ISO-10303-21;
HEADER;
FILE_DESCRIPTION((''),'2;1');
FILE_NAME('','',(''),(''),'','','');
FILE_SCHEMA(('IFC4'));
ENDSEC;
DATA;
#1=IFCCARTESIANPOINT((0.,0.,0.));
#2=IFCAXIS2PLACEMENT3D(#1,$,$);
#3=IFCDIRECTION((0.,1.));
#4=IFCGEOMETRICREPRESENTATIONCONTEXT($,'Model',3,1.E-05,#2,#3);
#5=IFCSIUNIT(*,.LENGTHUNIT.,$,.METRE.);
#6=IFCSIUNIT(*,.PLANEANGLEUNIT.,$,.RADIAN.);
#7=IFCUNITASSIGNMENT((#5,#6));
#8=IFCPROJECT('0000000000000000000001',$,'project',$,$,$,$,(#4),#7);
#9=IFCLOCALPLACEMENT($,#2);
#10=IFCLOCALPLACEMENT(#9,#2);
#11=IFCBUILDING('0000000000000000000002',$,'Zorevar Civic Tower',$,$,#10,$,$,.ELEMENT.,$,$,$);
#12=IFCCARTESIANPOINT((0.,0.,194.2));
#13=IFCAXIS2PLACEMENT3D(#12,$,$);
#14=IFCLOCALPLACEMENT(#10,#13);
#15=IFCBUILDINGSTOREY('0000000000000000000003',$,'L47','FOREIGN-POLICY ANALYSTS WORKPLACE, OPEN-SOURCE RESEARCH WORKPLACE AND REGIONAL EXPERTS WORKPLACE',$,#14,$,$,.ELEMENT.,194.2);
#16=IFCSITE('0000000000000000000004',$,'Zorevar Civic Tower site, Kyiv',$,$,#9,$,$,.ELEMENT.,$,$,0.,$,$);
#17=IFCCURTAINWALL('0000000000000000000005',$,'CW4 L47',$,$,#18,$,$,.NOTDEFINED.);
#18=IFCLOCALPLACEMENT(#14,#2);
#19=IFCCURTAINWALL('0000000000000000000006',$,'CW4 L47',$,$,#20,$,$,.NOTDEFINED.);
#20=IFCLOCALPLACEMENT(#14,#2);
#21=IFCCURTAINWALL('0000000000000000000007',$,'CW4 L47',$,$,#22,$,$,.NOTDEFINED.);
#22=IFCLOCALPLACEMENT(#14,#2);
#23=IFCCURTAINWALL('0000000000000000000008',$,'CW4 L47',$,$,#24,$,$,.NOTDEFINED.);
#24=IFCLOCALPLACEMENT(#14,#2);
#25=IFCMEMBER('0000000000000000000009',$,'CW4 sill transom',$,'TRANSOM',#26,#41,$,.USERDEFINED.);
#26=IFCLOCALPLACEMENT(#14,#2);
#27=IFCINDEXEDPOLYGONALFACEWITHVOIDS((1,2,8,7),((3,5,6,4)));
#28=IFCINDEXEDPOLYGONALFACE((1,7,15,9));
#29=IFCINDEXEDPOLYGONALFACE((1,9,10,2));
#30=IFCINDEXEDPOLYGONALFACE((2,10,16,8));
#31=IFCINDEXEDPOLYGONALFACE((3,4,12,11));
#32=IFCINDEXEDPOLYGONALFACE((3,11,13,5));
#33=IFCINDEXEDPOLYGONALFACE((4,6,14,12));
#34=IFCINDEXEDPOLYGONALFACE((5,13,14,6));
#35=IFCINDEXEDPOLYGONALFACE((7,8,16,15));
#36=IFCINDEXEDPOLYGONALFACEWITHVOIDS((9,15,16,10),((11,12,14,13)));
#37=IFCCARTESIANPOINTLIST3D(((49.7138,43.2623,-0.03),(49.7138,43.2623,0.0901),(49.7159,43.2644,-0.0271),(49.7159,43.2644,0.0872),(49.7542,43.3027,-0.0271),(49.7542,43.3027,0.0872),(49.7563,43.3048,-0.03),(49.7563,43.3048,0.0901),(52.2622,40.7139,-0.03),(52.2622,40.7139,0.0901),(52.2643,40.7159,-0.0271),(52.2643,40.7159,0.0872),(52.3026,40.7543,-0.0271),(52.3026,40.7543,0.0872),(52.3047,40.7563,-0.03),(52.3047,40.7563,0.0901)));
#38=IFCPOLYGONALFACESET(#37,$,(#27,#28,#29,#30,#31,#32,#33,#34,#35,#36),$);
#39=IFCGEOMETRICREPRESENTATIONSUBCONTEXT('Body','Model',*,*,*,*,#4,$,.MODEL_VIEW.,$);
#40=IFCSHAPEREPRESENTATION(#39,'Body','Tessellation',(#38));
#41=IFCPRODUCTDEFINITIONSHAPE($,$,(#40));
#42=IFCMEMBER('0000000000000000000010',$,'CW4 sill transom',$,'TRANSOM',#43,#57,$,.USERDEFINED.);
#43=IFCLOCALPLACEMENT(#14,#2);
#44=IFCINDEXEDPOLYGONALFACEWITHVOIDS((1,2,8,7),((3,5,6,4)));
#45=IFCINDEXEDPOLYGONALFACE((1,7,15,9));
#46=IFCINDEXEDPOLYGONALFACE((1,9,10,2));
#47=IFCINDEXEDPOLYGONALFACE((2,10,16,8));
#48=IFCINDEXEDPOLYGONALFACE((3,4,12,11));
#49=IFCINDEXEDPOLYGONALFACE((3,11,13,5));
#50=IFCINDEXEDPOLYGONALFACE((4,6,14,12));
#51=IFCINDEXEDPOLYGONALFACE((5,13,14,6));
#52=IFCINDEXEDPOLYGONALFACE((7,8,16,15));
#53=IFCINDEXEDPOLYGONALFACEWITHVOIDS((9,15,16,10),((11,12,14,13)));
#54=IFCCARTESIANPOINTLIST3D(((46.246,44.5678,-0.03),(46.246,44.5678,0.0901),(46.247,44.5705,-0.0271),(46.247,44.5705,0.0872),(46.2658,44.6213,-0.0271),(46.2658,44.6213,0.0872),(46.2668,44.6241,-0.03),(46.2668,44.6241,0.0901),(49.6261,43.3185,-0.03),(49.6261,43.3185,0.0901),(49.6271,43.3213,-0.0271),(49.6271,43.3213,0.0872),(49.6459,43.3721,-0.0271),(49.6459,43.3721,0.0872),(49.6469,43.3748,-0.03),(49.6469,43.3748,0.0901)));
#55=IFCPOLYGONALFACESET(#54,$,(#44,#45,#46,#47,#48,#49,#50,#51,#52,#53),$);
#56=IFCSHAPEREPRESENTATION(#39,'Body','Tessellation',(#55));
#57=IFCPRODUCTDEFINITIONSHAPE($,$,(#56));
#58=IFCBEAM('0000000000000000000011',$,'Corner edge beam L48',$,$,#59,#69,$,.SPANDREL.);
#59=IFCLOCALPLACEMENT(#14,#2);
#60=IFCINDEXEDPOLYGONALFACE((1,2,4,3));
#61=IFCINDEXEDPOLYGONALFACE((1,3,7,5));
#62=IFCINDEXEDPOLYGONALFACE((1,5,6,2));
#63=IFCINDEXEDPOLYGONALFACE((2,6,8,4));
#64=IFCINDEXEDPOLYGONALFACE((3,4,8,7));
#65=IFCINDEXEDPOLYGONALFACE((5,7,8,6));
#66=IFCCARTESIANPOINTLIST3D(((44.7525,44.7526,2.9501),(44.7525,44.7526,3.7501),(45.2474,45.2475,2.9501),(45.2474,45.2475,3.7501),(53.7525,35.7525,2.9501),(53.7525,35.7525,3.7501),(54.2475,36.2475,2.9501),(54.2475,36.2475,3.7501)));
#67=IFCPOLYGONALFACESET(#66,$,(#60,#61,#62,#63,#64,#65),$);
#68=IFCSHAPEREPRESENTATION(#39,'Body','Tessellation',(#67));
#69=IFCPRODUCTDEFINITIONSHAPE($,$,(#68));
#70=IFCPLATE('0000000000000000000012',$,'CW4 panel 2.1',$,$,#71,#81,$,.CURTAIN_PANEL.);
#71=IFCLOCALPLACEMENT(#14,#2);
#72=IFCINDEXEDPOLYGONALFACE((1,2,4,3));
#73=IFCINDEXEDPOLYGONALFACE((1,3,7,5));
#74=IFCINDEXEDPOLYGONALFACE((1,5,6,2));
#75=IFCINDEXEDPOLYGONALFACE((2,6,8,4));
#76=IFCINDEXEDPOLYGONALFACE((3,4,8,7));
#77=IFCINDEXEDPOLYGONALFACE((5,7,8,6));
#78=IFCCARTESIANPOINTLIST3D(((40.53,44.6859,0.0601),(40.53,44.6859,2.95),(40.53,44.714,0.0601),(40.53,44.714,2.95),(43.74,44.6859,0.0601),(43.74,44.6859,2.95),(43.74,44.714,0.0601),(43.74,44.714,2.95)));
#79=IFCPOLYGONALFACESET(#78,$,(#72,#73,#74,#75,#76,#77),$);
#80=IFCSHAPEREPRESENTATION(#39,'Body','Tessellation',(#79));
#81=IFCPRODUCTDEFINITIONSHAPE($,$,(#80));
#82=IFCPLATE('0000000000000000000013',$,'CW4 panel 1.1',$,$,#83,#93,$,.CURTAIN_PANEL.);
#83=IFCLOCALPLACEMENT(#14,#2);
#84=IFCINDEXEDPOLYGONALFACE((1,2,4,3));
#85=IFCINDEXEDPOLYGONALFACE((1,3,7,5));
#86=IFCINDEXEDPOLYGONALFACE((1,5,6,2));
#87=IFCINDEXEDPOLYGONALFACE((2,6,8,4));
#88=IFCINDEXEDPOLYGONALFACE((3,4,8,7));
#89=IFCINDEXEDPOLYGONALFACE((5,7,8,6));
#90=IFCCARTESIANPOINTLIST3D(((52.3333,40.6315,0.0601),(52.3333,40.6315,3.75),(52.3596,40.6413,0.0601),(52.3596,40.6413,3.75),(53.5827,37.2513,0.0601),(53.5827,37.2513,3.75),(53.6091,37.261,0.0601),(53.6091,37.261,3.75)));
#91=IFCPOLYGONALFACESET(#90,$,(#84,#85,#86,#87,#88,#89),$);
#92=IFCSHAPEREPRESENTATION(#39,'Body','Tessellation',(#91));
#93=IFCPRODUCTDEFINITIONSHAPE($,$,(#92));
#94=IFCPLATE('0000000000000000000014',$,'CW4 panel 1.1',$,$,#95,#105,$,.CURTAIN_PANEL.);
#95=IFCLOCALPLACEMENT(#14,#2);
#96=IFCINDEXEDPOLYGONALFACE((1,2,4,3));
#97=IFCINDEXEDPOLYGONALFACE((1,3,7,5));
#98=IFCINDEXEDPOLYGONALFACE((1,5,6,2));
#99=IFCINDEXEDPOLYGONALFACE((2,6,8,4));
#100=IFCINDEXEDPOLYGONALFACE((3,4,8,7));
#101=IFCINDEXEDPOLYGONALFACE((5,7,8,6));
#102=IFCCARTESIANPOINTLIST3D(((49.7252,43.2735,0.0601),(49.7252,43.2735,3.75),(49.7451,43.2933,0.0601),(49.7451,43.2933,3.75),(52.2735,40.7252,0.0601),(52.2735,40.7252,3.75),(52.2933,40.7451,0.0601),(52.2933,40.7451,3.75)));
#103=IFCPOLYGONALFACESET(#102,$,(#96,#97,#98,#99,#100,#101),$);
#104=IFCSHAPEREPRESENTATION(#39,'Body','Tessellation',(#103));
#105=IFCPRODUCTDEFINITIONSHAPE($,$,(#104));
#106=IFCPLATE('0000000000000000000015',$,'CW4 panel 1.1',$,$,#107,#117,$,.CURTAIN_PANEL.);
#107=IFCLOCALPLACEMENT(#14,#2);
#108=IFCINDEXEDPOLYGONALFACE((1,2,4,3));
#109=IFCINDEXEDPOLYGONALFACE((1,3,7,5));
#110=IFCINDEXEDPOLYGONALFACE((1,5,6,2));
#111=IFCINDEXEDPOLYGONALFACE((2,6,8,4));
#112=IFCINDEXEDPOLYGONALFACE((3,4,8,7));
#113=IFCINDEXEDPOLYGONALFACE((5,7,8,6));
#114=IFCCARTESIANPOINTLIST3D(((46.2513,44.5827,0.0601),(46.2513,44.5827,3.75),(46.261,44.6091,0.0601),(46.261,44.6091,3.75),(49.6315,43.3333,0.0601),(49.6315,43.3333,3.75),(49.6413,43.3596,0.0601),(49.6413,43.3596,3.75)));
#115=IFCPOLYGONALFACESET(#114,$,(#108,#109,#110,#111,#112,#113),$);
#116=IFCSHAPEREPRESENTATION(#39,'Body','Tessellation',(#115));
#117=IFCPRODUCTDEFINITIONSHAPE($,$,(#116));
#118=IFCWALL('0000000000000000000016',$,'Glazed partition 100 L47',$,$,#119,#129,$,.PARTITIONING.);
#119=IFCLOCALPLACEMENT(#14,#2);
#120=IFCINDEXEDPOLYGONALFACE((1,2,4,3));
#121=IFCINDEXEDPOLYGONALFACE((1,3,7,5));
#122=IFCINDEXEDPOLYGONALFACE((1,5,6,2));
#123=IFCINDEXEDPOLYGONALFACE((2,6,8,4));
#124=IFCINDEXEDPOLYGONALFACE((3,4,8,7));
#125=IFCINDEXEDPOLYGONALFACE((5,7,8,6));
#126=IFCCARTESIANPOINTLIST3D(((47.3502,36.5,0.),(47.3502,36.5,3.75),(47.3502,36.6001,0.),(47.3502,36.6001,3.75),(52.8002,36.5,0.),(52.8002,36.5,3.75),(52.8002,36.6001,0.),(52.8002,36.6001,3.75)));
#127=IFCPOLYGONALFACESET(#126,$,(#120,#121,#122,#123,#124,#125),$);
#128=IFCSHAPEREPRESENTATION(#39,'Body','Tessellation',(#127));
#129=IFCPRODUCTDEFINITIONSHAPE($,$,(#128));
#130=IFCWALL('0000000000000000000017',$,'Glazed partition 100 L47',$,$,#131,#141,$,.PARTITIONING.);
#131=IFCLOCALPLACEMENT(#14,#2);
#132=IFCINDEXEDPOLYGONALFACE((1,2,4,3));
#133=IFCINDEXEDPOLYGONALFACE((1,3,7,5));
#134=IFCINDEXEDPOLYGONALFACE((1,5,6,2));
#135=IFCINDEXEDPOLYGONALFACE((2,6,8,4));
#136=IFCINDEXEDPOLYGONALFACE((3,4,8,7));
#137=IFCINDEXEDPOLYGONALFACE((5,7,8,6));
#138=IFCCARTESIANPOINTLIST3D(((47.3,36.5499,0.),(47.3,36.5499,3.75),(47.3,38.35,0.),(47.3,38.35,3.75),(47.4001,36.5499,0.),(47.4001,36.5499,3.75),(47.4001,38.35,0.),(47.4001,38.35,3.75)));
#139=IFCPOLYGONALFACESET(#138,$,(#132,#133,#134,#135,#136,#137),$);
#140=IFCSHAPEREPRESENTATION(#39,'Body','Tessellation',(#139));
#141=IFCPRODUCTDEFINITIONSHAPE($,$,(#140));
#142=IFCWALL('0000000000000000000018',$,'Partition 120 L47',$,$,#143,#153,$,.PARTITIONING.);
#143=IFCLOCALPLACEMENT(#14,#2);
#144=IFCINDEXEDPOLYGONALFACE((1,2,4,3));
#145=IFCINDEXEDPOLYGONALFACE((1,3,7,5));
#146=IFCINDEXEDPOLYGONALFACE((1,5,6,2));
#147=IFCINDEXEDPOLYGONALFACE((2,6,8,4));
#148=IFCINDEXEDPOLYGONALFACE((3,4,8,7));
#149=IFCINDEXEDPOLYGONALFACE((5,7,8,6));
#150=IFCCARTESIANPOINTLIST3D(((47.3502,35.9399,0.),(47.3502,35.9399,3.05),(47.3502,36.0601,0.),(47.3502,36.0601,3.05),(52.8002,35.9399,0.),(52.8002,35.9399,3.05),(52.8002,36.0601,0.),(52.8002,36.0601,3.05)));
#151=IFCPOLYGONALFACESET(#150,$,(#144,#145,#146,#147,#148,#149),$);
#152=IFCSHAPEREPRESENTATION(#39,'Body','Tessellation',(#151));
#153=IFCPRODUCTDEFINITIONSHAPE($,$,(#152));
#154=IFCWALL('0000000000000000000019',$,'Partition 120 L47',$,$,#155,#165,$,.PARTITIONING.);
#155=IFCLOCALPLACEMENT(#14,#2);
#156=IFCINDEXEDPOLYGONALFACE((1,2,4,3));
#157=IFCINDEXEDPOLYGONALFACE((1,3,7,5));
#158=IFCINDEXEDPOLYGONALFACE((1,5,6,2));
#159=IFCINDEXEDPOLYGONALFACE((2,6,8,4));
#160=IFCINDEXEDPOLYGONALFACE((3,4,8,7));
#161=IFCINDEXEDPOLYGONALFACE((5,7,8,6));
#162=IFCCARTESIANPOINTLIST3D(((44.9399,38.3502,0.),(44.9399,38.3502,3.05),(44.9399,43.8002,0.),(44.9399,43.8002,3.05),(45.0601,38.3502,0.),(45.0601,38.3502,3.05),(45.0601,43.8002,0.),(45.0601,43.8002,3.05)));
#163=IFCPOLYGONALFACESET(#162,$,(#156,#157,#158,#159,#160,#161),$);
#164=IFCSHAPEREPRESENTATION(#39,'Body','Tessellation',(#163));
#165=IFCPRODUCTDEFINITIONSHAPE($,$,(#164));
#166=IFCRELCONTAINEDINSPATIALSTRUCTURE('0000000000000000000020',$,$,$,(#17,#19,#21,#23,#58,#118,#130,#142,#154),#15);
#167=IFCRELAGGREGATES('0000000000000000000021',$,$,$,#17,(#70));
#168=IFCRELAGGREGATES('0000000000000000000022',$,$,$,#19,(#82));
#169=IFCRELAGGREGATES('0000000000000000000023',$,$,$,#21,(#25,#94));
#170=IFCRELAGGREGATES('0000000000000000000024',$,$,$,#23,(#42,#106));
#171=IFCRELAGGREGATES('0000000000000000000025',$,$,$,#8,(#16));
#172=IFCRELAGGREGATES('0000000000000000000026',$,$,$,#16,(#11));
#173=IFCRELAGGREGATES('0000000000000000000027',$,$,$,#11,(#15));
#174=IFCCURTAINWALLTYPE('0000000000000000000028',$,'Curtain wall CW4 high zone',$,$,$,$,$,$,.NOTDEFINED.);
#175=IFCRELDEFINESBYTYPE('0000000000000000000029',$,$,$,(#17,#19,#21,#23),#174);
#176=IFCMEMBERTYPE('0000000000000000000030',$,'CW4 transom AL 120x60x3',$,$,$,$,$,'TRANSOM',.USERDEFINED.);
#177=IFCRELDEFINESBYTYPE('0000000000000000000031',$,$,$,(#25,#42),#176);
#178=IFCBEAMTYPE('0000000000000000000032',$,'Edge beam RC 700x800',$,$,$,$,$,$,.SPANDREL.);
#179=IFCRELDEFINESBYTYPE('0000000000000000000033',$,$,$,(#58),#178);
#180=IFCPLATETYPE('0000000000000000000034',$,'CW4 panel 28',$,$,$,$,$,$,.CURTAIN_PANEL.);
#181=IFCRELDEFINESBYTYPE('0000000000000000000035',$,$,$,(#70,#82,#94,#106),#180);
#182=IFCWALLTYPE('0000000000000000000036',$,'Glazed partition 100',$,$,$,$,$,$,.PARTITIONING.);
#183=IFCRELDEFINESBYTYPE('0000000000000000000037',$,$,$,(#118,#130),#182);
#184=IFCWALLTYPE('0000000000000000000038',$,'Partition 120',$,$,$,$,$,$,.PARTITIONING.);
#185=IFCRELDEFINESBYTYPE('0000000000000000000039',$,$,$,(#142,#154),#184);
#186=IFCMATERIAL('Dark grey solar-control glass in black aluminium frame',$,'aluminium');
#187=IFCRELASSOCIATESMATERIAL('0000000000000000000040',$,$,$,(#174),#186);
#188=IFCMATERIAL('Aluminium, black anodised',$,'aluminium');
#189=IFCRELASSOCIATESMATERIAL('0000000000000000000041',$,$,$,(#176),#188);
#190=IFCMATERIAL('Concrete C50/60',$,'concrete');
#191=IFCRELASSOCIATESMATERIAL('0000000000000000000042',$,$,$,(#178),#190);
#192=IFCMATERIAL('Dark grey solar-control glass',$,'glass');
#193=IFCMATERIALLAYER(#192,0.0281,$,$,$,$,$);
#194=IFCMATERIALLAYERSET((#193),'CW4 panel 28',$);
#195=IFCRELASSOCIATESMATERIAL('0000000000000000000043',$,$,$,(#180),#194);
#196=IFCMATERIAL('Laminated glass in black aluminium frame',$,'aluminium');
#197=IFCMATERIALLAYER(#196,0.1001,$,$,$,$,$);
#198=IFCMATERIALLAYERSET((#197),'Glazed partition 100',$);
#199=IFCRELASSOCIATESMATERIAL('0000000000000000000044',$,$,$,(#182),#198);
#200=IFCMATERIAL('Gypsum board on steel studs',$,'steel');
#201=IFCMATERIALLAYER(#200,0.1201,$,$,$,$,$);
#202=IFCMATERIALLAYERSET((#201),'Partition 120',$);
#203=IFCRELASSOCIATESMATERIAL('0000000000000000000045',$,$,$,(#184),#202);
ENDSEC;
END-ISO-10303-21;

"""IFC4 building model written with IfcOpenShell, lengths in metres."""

from ifc_helpers import new_model, si_unit, direction, frame, frame_2d, origin, origin_2d, place, context, subcontext, project, spatial, rectangle, hollow_rectangle, extrude, material, layer, layer_set, material_profile, profile_set, type_object, element, aggregate, save


model = new_model("IFC4")

# Units and contexts
model_context = context("Model", 3, precision=1e-05, world=origin(), true_north=direction((0.0, 1.0)))
body_context = subcontext(model_context, "Body", "Model", "MODEL_VIEW")
ifc_project = project(units=[si_unit("LENGTHUNIT", "METRE"), si_unit("PLANEANGLEUNIT", "RADIAN")], contexts=[model_context])

# Site, building, storey
site_placement = place(None, origin())
site = spatial("IfcSite", under=ifc_project, at=site_placement, Name="Zorevar Civic Tower site, Kyiv", CompositionType="ELEMENT", RefElevation=0.0)
building_placement = place(site_placement, origin())
building = spatial("IfcBuilding", under=site, at=building_placement, Name="Zorevar Civic Tower", CompositionType="ELEMENT")
storey_placement = place(building_placement, frame((0.0, 0.0, 194.2)))
storey = spatial("IfcBuildingStorey", under=building, at=storey_placement, Name="L47", Description="FOREIGN-POLICY ANALYSTS WORKPLACE, OPEN-SOURCE RESEARCH WORKPLACE AND REGIONAL EXPERTS WORKPLACE", CompositionType="ELEMENT", Elevation=194.2)

# Curtain wall
ifc_material_1 = material(Name="Dark grey solar-control glass in black aluminium frame", Category="aluminium")
curtain_wall_type = type_object("IfcCurtainWallType", Name="Curtain wall CW4 high zone", PredefinedType="NOTDEFINED", material=ifc_material_1)
curtain_wall_1_placement = place(storey_placement, origin())
curtain_wall_1 = element("IfcCurtainWall", 1, at=curtain_wall_1_placement, inside=storey, type_object=curtain_wall_type, Name="CW4 L47", PredefinedType="NOTDEFINED")

# Curtain walls
curtain_wall_2_placement = place(storey_placement, origin())
curtain_wall_2 = element("IfcCurtainWall", 2, at=curtain_wall_2_placement, inside=storey, type_object=curtain_wall_type, Name="CW4 L47", PredefinedType="NOTDEFINED")
curtain_wall_3_placement = place(storey_placement, origin())
curtain_wall_3 = element("IfcCurtainWall", 3, at=curtain_wall_3_placement, inside=storey, type_object=curtain_wall_type, Name="CW4 L47", PredefinedType="NOTDEFINED")
curtain_wall_4_placement = place(storey_placement, origin())
curtain_wall_4 = element("IfcCurtainWall", 4, at=curtain_wall_4_placement, inside=storey, type_object=curtain_wall_type, Name="CW4 L47", PredefinedType="NOTDEFINED")

# Members
ifc_material_2 = material(Name="Aluminium, black anodised", Category="aluminium")
ifc_material_profile_1 = material_profile(ifc_material_2, hollow_rectangle(XDim=0.0601, YDim=0.1201, WallThickness=0.0029, at=origin_2d()), Name="AL 120x60x3")
ifc_profile_set_1 = profile_set([ifc_material_profile_1], Name="Aluminium, black anodised")
member_type_1 = type_object("IfcMemberType", Name="CW4 transom AL 120x60x3", ElementType="TRANSOM", PredefinedType="USERDEFINED", material=ifc_profile_set_1)
member_1_placement = place(storey_placement, frame((52.2834, 40.7351, 0.03), z_axis=(-0.707107, 0.707107, 0.0), x_axis=(-0.707107, -0.707107, 0.0)))
member_1 = element("IfcMember", 5, at=member_1_placement, type_object=member_type_1, Name="CW4 sill transom", ObjectType="TRANSOM", PredefinedType="USERDEFINED", context=body_context, shape_type="SweptSolid", body=[
    extrude(hollow_rectangle(XDim=0.0601, YDim=0.1201, WallThickness=0.0029, at=origin_2d()), origin(), (0.0, 0.0, 1.0), 3.604),
])
member_2_placement = place(storey_placement, frame((49.6365, 43.3467, 0.03), z_axis=(-0.937986, 0.346672, 0.0), x_axis=(-0.346672, -0.937986, 0.0)))
member_2 = element("IfcMember", 6, at=member_2_placement, type_object=member_type_1, Name="CW4 sill transom", ObjectType="TRANSOM", PredefinedType="USERDEFINED", context=body_context, shape_type="SweptSolid", body=[
    extrude(hollow_rectangle(XDim=0.0601, YDim=0.1201, WallThickness=0.0029, at=origin_2d()), origin(), (0.0, 0.0, 1.0), 3.6035),
])

# Beam
ifc_material_3 = material(Name="Concrete C50/60", Category="concrete")
ifc_material_profile_2 = material_profile(ifc_material_3, rectangle(XDim=0.7, YDim=0.8, at=origin_2d()), Name="RC 700x800")
ifc_profile_set_2 = profile_set([ifc_material_profile_2], Name="Concrete C50/60")
beam_type_1 = type_object("IfcBeamType", Name="Edge beam RC 700x800", PredefinedType="SPANDREL", material=ifc_profile_set_2)
beam_1_placement = place(storey_placement, frame((54.0, 36.0, 3.3501), z_axis=(-0.707107, 0.707107, 0.0), x_axis=(-0.707107, -0.707107, 0.0)))
element("IfcBeam", 7, at=beam_1_placement, inside=storey, type_object=beam_type_1, Name="Corner edge beam L48", PredefinedType="SPANDREL", context=body_context, shape_type="SweptSolid", body=[
    extrude(rectangle(XDim=0.7, YDim=0.8, at=origin_2d()), origin(), (0.0, 0.0, 1.0), 12.728),
])

# Plates
ifc_material_4 = material(Name="Dark grey solar-control glass", Category="glass")
ifc_layer_1 = layer(ifc_material_4, 0.0281)
ifc_layer_set_1 = layer_set([ifc_layer_1], Name="CW4 panel 28")
plate_type = type_object("IfcPlateType", Name="CW4 panel 28", PredefinedType="CURTAIN_PANEL", material=ifc_layer_set_1)
plate_1_placement = place(storey_placement, frame((42.135, 44.7, 0.0601), z_axis=(0.0, 0.0, 1.0), x_axis=(1.0, 0.0, 0.0)))
plate_1 = element("IfcPlate", 8, at=plate_1_placement, type_object=plate_type, Name="CW4 panel 2.1", PredefinedType="CURTAIN_PANEL", context=body_context, shape_type="SweptSolid", body=[
    extrude(rectangle(XDim=3.21, YDim=0.0281, at=origin_2d()), origin(), (0.0, 0.0, 1.0), 2.8899),
])
aggregate(curtain_wall_1, [plate_1])
plate_2_placement = place(storey_placement, frame((52.9712, 38.9463, 0.0601), z_axis=(0.0, 0.0, 1.0), x_axis=(-0.346704, 0.937975, 0.0)))
plate_2 = element("IfcPlate", 9, at=plate_2_placement, type_object=plate_type, Name="CW4 panel 1.1", PredefinedType="CURTAIN_PANEL", context=body_context, shape_type="SweptSolid", body=[
    extrude(rectangle(XDim=3.6038, YDim=0.0281, at=origin_2d()), origin(), (0.0, 0.0, 1.0), 3.6899),
])
aggregate(curtain_wall_2, [plate_2])
plate_3_placement = place(storey_placement, frame((51.0093, 42.0093, 0.0601), z_axis=(0.0, 0.0, 1.0), x_axis=(-0.707107, 0.707107, 0.0)))
plate_3 = element("IfcPlate", 10, at=plate_3_placement, type_object=plate_type, Name="CW4 panel 1.1", PredefinedType="CURTAIN_PANEL", context=body_context, shape_type="SweptSolid", body=[
    extrude(rectangle(XDim=3.6038, YDim=0.0281, at=origin_2d()), origin(), (0.0, 0.0, 1.0), 3.6899),
])
aggregate(curtain_wall_3, [member_1, plate_3])
plate_4_placement = place(storey_placement, frame((47.9463, 43.9712, 0.0601), z_axis=(0.0, 0.0, 1.0), x_axis=(-0.937975, 0.346704, 0.0)))
plate_4 = element("IfcPlate", 11, at=plate_4_placement, type_object=plate_type, Name="CW4 panel 1.1", PredefinedType="CURTAIN_PANEL", context=body_context, shape_type="SweptSolid", body=[
    extrude(rectangle(XDim=3.6038, YDim=0.0281, at=origin_2d()), origin(), (0.0, 0.0, 1.0), 3.6899),
])
aggregate(curtain_wall_4, [member_2, plate_4])

# Wall
ifc_material_5 = material(Name="Laminated glass in black aluminium frame", Category="aluminium")
ifc_layer_2 = layer(ifc_material_5, 0.1001)
ifc_layer_set_2 = layer_set([ifc_layer_2], Name="Glazed partition 100")
wall_type_1 = type_object("IfcWallType", Name="Glazed partition 100", PredefinedType="PARTITIONING", material=ifc_layer_set_2)
wall_1_placement = place(storey_placement, frame((47.3501, 36.55, 0.0), z_axis=(0.0, 0.0, 1.0), x_axis=(1.0, 0.0, 0.0)))
element("IfcWall", 12, at=wall_1_placement, inside=storey, type_object=wall_type_1, Name="Glazed partition 100 L47", PredefinedType="PARTITIONING", context=body_context, shape_type="SweptSolid", body=[
    extrude(rectangle(XDim=5.45, YDim=0.1001, at=frame_2d((2.7251, 0.0))), origin(), (0.0, 0.0, 1.0), 3.75),
])

# Walls
wall_2_placement = place(storey_placement, frame((47.3501, 36.55, 0.0), z_axis=(0.0, 0.0, 1.0), x_axis=(0.0, 1.0, 0.0)))
element("IfcWall", 13, at=wall_2_placement, inside=storey, type_object=wall_type_1, Name="Glazed partition 100 L47", PredefinedType="PARTITIONING", context=body_context, shape_type="SweptSolid", body=[
    extrude(rectangle(XDim=1.8, YDim=0.1001, at=frame_2d((0.8999, 0.0))), origin(), (0.0, 0.0, 1.0), 3.75),
])
ifc_material_6 = material(Name="Gypsum board on steel studs", Category="steel")
ifc_layer_3 = layer(ifc_material_6, 0.1201)
ifc_layer_set_3 = layer_set([ifc_layer_3], Name="Partition 120")
wall_type_2 = type_object("IfcWallType", Name="Partition 120", PredefinedType="PARTITIONING", material=ifc_layer_set_3)
for number, where, z_axis, x_axis, name in (
    (14, (47.3501, 36.0, 0.0), (0.0, 0.0, 1.0), (1.0, 0.0, 0.0), "Partition 120 L47"),
    (15, (45.0, 38.3501, 0.0), (0.0, 0.0, 1.0), (0.0, 1.0, 0.0), "Partition 120 L47"),
):
    element("IfcWall", number, at=place(storey_placement, frame(where, z_axis=z_axis, x_axis=x_axis)), inside=storey, type_object=wall_type_2, Name=name, PredefinedType="PARTITIONING", context=body_context, shape_type="SweptSolid", body=[
        extrude(rectangle(XDim=5.45, YDim=0.1201, at=frame_2d((2.7251, 0.0))), origin(), (0.0, 0.0, 1.0), 3.05),
    ])

save(model, "model.ifc")
